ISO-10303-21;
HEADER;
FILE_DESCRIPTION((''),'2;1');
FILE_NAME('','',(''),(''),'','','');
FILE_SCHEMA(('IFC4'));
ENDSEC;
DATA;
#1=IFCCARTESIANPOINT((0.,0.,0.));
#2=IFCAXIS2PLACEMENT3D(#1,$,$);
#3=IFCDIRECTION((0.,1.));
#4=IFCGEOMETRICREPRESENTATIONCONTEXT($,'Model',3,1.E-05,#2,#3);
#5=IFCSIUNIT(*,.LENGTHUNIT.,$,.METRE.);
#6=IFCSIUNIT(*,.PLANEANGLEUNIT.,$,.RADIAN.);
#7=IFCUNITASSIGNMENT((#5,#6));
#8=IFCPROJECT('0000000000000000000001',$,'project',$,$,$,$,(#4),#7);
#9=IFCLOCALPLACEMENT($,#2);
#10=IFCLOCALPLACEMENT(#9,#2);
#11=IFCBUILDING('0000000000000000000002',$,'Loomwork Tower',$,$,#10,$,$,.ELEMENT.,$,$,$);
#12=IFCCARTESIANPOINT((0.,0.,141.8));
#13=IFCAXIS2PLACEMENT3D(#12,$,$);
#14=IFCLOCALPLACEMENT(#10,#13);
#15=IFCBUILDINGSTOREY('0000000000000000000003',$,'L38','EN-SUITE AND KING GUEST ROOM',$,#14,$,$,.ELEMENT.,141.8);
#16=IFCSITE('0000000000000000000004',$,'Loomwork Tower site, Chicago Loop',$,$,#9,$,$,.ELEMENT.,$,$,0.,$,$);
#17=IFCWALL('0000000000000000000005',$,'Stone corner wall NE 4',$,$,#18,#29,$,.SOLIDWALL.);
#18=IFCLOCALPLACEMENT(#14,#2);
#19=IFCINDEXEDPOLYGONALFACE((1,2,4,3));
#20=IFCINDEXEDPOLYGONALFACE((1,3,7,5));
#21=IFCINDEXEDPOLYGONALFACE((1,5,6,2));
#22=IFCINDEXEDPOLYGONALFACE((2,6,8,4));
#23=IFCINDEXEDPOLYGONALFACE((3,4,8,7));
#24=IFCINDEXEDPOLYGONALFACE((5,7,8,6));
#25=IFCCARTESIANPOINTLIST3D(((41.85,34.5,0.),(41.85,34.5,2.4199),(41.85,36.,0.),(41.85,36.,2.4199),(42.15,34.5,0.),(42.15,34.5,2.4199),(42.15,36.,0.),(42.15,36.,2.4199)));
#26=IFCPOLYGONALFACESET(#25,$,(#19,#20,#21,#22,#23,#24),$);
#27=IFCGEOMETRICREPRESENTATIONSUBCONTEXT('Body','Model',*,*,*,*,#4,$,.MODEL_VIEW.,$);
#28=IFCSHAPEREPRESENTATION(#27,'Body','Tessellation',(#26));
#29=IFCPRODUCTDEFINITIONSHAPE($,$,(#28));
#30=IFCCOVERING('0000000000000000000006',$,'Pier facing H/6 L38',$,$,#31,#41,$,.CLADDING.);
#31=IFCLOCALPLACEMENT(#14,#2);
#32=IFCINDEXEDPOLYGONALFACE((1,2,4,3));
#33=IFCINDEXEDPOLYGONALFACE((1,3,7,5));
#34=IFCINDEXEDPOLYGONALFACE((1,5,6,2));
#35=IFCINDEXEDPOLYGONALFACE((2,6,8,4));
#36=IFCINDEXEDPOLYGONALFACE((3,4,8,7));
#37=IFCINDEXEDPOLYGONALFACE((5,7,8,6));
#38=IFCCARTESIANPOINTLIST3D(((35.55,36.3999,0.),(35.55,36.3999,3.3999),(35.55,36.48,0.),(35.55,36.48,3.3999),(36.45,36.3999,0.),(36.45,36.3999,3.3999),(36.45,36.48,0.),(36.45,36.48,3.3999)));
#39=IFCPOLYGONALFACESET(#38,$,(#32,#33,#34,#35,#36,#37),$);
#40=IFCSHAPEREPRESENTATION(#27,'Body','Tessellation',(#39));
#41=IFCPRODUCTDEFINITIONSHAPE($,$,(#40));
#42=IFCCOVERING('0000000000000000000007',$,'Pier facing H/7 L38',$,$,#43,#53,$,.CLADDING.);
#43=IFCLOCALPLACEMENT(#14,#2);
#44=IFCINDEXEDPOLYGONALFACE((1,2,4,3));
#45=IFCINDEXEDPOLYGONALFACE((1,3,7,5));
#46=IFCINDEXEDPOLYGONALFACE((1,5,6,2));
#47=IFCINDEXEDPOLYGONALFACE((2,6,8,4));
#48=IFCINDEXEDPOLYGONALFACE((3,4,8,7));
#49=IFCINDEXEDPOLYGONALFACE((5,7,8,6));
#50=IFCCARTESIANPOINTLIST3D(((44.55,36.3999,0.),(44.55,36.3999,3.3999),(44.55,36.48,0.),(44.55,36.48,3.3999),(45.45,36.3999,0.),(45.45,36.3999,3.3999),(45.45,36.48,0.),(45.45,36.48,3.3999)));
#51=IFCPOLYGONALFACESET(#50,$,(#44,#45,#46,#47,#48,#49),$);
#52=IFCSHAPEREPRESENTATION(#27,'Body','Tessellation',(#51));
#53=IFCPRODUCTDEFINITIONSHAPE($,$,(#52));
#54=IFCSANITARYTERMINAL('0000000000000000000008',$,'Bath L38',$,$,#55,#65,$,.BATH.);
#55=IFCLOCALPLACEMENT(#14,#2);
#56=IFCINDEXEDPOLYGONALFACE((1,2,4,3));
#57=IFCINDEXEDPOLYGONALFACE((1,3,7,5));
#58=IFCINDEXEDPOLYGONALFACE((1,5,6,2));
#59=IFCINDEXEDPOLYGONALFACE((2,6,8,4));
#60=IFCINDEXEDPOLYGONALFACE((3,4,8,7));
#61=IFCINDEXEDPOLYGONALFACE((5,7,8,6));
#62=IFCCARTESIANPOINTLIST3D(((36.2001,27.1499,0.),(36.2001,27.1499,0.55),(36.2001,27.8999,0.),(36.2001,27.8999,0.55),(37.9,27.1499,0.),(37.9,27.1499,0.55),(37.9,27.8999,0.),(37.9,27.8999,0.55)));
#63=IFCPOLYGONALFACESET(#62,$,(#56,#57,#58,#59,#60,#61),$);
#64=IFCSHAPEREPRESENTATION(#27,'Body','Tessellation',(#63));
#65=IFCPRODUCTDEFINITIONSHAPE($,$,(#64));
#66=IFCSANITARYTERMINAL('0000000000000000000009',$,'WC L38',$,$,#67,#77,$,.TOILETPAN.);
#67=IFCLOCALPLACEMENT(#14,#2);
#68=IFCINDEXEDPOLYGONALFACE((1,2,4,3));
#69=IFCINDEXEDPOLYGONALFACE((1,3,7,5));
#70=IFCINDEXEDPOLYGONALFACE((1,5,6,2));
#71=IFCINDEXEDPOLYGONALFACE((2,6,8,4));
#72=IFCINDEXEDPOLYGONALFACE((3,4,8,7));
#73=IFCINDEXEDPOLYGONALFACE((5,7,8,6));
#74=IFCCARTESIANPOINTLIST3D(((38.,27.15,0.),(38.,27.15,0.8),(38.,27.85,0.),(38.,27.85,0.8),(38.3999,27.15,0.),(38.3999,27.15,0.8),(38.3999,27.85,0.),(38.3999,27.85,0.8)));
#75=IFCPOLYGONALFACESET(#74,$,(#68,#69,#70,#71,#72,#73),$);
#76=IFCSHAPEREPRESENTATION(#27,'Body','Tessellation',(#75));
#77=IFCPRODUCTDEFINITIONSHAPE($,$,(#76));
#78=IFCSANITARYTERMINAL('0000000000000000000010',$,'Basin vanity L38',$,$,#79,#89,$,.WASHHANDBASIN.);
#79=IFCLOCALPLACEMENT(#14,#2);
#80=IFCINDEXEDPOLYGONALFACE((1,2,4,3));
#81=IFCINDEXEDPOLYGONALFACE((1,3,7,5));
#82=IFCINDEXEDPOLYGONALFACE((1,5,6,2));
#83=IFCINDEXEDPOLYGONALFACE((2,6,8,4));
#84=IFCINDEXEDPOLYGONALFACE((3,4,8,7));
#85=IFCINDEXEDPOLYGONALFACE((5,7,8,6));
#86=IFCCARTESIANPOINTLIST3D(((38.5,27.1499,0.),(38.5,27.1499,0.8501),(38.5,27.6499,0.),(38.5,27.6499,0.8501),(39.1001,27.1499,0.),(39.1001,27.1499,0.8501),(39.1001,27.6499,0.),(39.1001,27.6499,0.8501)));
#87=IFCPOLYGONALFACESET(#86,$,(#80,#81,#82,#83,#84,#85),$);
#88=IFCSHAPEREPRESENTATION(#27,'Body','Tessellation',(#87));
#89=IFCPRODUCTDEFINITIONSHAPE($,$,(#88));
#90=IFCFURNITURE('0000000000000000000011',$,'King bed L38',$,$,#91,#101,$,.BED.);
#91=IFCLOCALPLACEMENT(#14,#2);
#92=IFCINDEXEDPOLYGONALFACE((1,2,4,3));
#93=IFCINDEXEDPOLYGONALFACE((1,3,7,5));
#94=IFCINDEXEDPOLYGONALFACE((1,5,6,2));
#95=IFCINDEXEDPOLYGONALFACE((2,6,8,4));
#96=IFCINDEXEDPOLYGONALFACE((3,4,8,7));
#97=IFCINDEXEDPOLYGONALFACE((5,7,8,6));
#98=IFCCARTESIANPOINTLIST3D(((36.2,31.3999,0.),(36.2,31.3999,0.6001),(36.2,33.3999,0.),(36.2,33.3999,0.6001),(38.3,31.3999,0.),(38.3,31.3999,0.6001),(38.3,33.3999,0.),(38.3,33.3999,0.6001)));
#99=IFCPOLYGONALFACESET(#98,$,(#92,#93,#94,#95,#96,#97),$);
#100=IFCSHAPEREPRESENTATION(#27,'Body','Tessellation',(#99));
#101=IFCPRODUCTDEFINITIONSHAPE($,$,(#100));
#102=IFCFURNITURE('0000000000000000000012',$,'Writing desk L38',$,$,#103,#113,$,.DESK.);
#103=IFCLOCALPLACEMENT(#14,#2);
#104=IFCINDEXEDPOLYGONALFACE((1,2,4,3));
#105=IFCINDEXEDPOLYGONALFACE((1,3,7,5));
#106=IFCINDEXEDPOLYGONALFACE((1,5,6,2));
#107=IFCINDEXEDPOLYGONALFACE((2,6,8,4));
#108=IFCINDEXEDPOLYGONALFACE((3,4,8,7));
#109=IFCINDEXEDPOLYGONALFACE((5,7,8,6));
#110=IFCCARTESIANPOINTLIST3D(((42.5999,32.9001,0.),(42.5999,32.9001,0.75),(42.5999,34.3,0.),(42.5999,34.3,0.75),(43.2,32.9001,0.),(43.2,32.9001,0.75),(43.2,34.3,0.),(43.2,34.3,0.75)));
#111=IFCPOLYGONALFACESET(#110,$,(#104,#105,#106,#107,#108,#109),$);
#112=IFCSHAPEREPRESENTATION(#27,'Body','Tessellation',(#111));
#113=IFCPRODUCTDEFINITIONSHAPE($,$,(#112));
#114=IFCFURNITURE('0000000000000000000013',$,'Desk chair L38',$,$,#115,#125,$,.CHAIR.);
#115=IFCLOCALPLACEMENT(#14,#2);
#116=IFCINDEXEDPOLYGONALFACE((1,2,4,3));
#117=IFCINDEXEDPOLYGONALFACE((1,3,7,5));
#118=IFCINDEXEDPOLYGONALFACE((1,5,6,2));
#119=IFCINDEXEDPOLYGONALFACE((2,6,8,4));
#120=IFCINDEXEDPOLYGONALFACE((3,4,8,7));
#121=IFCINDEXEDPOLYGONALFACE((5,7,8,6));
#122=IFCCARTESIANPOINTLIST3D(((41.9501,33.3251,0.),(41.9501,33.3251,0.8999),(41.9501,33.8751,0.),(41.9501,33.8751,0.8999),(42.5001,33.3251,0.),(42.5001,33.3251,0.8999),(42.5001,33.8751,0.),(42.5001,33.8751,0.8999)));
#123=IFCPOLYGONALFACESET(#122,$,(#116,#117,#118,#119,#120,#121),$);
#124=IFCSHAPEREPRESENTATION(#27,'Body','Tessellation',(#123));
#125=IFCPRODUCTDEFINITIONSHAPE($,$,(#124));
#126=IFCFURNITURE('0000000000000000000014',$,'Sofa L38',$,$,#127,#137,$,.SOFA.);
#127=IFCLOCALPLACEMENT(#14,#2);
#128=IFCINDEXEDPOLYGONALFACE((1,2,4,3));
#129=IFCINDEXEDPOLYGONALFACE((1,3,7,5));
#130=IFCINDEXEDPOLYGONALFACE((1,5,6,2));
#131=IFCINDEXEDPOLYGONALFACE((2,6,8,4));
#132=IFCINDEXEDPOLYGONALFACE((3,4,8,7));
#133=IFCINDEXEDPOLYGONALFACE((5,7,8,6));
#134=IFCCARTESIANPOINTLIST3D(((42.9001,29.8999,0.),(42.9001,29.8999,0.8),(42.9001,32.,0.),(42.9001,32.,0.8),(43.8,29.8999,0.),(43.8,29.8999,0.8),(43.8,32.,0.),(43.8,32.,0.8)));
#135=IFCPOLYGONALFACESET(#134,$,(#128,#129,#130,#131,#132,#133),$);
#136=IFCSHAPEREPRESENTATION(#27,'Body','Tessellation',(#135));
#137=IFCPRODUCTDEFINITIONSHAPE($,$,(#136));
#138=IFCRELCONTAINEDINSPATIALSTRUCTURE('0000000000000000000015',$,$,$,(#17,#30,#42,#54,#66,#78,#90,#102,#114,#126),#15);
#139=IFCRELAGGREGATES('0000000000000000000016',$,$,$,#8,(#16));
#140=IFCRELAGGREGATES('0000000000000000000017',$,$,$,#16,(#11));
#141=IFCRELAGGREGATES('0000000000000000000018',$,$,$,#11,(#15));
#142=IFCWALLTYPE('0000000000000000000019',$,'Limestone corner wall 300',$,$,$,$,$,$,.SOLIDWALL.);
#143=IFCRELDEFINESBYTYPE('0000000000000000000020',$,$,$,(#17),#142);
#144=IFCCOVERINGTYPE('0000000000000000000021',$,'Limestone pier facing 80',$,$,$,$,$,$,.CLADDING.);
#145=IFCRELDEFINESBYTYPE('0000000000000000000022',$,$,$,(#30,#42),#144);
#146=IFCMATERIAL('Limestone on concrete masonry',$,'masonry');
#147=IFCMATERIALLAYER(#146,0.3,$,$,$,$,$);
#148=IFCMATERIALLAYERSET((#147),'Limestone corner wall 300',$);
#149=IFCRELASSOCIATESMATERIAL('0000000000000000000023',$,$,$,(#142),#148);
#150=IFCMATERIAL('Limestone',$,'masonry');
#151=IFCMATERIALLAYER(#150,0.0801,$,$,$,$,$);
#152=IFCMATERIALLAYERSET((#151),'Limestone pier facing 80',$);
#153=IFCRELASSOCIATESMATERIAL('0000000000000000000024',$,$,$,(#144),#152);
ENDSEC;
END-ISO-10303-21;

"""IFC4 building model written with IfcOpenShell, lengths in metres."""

from ifc_helpers import new_model, si_unit, direction, frame, frame_2d, origin, origin_2d, place, context, subcontext, project, spatial, rectangle, extrude, material, layer, layer_set, type_object, element, save


model = new_model("IFC4")

# Units and contexts
model_context = context("Model", 3, precision=1e-05, world=origin(), true_north=direction((0.0, 1.0)))
body_context = subcontext(model_context, "Body", "Model", "MODEL_VIEW")
ifc_project = project(units=[si_unit("LENGTHUNIT", "METRE"), si_unit("PLANEANGLEUNIT", "RADIAN")], contexts=[model_context])

# Site, building, storey
site_placement = place(None, origin())
site = spatial("IfcSite", under=ifc_project, at=site_placement, Name="Loomwork Tower site, Chicago Loop", CompositionType="ELEMENT", RefElevation=0.0)
building_placement = place(site_placement, origin())
building = spatial("IfcBuilding", under=site, at=building_placement, Name="Loomwork Tower", CompositionType="ELEMENT")
storey_placement = place(building_placement, frame((0.0, 0.0, 141.8)))
storey = spatial("IfcBuildingStorey", under=building, at=storey_placement, Name="L38", Description="EN-SUITE AND KING GUEST ROOM", CompositionType="ELEMENT", Elevation=141.8)

# Shared definitions
ifc_material_1 = material(Name="Limestone on concrete masonry", Category="masonry")
ifc_layer_1 = layer(ifc_material_1, 0.3)
ifc_layer_set_1 = layer_set([ifc_layer_1], Name="Limestone corner wall 300")
wall_type_1 = type_object("IfcWallType", Name="Limestone corner wall 300", PredefinedType="SOLIDWALL", material=ifc_layer_set_1)

# Wall
wall_1_placement = place(storey_placement, frame((42.0, 34.5, 0.0), z_axis=(0.0, 0.0, 1.0), x_axis=(0.0, 1.0, 0.0)))
element("IfcWall", 1, at=wall_1_placement, inside=storey, type_object=wall_type_1, Name="Stone corner wall NE 4", PredefinedType="SOLIDWALL", context=body_context, shape_type="SweptSolid", body=[
    extrude(rectangle(XDim=1.5, YDim=0.3, at=frame_2d((0.75, 0.0))), origin(), (0.0, 0.0, 1.0), 2.4199),
])

# Coverings
ifc_material_2 = material(Name="Limestone", Category="masonry")
ifc_layer_2 = layer(ifc_material_2, 0.0801)
ifc_layer_set_2 = layer_set([ifc_layer_2], Name="Limestone pier facing 80")
covering_type = type_object("IfcCoveringType", Name="Limestone pier facing 80", PredefinedType="CLADDING", material=ifc_layer_set_2)
for number, where, z_axis, x_axis, name in (
    (2, (36.0, 36.4399, 0.0), (0.0, 0.0, 1.0), (1.0, 0.0, 0.0), "Pier facing H/6 L38"),
    (3, (45.0, 36.4399, 0.0), (0.0, 0.0, 1.0), (1.0, 0.0, 0.0), "Pier facing H/7 L38"),
):
    element("IfcCovering", number, at=place(storey_placement, frame(where, z_axis=z_axis, x_axis=x_axis)), inside=storey, type_object=covering_type, Name=name, PredefinedType="CLADDING", context=body_context, shape_type="SweptSolid", body=[
        extrude(rectangle(XDim=0.8999, YDim=0.0801, at=origin_2d()), origin(), (0.0, 0.0, 1.0), 3.3999),
    ])

# Sanitary terminals
sanitary_terminal_1_placement = place(storey_placement, frame((37.05, 27.5249, 0.0), z_axis=(0.0, 0.0, 1.0), x_axis=(1.0, 0.0, 0.0)))
element("IfcSanitaryTerminal", 4, at=sanitary_terminal_1_placement, inside=storey, Name="Bath L38", PredefinedType="BATH", context=body_context, shape_type="SweptSolid", body=[
    extrude(rectangle(XDim=1.7, YDim=0.75, at=origin_2d()), origin(), (0.0, 0.0, 1.0), 0.55),
])
sanitary_terminal_2_placement = place(storey_placement, frame((38.2, 27.5, 0.0), z_axis=(0.0, 0.0, 1.0), x_axis=(1.0, 0.0, 0.0)))
element("IfcSanitaryTerminal", 5, at=sanitary_terminal_2_placement, inside=storey, Name="WC L38", PredefinedType="TOILETPAN", context=body_context, shape_type="SweptSolid", body=[
    extrude(rectangle(XDim=0.3999, YDim=0.7, at=origin_2d()), origin(), (0.0, 0.0, 1.0), 0.8),
])
sanitary_terminal_3_placement = place(storey_placement, frame((38.8, 27.3999, 0.0), z_axis=(0.0, 0.0, 1.0), x_axis=(1.0, 0.0, 0.0)))
element("IfcSanitaryTerminal", 6, at=sanitary_terminal_3_placement, inside=storey, Name="Basin vanity L38", PredefinedType="WASHHANDBASIN", context=body_context, shape_type="SweptSolid", body=[
    extrude(rectangle(XDim=0.6001, YDim=0.5, at=origin_2d()), origin(), (0.0, 0.0, 1.0), 0.8501),
])

# Furniture
furniture_1_placement = place(storey_placement, frame((37.25, 32.3999, 0.0), z_axis=(0.0, 0.0, 1.0), x_axis=(1.0, 0.0, 0.0)))
element("IfcFurniture", 7, at=furniture_1_placement, inside=storey, Name="King bed L38", PredefinedType="BED", context=body_context, shape_type="SweptSolid", body=[
    extrude(rectangle(XDim=2.1001, YDim=2.0, at=origin_2d()), origin(), (0.0, 0.0, 1.0), 0.6001),
])
furniture_2_placement = place(storey_placement, frame((42.8999, 33.6001, 0.0), z_axis=(0.0, 0.0, 1.0), x_axis=(1.0, 0.0, 0.0)))
element("IfcFurniture", 8, at=furniture_2_placement, inside=storey, Name="Writing desk L38", PredefinedType="DESK", context=body_context, shape_type="SweptSolid", body=[
    extrude(rectangle(XDim=0.6001, YDim=1.3999, at=origin_2d()), origin(), (0.0, 0.0, 1.0), 0.75),
])
furniture_3_placement = place(storey_placement, frame((42.2251, 33.6001, 0.0), z_axis=(0.0, 0.0, 1.0), x_axis=(1.0, 0.0, 0.0)))
element("IfcFurniture", 9, at=furniture_3_placement, inside=storey, Name="Desk chair L38", PredefinedType="CHAIR", context=body_context, shape_type="SweptSolid", body=[
    extrude(rectangle(XDim=0.55, YDim=0.55, at=origin_2d()), origin(), (0.0, 0.0, 1.0), 0.8999),
])
furniture_4_placement = place(storey_placement, frame((43.3501, 30.95, 0.0), z_axis=(0.0, 0.0, 1.0), x_axis=(1.0, 0.0, 0.0)))
element("IfcFurniture", 10, at=furniture_4_placement, inside=storey, Name="Sofa L38", PredefinedType="SOFA", context=body_context, shape_type="SweptSolid", body=[
    extrude(rectangle(XDim=0.8999, YDim=2.1001, at=origin_2d()), origin(), (0.0, 0.0, 1.0), 0.8),
])

save(model, "model.ifc")
